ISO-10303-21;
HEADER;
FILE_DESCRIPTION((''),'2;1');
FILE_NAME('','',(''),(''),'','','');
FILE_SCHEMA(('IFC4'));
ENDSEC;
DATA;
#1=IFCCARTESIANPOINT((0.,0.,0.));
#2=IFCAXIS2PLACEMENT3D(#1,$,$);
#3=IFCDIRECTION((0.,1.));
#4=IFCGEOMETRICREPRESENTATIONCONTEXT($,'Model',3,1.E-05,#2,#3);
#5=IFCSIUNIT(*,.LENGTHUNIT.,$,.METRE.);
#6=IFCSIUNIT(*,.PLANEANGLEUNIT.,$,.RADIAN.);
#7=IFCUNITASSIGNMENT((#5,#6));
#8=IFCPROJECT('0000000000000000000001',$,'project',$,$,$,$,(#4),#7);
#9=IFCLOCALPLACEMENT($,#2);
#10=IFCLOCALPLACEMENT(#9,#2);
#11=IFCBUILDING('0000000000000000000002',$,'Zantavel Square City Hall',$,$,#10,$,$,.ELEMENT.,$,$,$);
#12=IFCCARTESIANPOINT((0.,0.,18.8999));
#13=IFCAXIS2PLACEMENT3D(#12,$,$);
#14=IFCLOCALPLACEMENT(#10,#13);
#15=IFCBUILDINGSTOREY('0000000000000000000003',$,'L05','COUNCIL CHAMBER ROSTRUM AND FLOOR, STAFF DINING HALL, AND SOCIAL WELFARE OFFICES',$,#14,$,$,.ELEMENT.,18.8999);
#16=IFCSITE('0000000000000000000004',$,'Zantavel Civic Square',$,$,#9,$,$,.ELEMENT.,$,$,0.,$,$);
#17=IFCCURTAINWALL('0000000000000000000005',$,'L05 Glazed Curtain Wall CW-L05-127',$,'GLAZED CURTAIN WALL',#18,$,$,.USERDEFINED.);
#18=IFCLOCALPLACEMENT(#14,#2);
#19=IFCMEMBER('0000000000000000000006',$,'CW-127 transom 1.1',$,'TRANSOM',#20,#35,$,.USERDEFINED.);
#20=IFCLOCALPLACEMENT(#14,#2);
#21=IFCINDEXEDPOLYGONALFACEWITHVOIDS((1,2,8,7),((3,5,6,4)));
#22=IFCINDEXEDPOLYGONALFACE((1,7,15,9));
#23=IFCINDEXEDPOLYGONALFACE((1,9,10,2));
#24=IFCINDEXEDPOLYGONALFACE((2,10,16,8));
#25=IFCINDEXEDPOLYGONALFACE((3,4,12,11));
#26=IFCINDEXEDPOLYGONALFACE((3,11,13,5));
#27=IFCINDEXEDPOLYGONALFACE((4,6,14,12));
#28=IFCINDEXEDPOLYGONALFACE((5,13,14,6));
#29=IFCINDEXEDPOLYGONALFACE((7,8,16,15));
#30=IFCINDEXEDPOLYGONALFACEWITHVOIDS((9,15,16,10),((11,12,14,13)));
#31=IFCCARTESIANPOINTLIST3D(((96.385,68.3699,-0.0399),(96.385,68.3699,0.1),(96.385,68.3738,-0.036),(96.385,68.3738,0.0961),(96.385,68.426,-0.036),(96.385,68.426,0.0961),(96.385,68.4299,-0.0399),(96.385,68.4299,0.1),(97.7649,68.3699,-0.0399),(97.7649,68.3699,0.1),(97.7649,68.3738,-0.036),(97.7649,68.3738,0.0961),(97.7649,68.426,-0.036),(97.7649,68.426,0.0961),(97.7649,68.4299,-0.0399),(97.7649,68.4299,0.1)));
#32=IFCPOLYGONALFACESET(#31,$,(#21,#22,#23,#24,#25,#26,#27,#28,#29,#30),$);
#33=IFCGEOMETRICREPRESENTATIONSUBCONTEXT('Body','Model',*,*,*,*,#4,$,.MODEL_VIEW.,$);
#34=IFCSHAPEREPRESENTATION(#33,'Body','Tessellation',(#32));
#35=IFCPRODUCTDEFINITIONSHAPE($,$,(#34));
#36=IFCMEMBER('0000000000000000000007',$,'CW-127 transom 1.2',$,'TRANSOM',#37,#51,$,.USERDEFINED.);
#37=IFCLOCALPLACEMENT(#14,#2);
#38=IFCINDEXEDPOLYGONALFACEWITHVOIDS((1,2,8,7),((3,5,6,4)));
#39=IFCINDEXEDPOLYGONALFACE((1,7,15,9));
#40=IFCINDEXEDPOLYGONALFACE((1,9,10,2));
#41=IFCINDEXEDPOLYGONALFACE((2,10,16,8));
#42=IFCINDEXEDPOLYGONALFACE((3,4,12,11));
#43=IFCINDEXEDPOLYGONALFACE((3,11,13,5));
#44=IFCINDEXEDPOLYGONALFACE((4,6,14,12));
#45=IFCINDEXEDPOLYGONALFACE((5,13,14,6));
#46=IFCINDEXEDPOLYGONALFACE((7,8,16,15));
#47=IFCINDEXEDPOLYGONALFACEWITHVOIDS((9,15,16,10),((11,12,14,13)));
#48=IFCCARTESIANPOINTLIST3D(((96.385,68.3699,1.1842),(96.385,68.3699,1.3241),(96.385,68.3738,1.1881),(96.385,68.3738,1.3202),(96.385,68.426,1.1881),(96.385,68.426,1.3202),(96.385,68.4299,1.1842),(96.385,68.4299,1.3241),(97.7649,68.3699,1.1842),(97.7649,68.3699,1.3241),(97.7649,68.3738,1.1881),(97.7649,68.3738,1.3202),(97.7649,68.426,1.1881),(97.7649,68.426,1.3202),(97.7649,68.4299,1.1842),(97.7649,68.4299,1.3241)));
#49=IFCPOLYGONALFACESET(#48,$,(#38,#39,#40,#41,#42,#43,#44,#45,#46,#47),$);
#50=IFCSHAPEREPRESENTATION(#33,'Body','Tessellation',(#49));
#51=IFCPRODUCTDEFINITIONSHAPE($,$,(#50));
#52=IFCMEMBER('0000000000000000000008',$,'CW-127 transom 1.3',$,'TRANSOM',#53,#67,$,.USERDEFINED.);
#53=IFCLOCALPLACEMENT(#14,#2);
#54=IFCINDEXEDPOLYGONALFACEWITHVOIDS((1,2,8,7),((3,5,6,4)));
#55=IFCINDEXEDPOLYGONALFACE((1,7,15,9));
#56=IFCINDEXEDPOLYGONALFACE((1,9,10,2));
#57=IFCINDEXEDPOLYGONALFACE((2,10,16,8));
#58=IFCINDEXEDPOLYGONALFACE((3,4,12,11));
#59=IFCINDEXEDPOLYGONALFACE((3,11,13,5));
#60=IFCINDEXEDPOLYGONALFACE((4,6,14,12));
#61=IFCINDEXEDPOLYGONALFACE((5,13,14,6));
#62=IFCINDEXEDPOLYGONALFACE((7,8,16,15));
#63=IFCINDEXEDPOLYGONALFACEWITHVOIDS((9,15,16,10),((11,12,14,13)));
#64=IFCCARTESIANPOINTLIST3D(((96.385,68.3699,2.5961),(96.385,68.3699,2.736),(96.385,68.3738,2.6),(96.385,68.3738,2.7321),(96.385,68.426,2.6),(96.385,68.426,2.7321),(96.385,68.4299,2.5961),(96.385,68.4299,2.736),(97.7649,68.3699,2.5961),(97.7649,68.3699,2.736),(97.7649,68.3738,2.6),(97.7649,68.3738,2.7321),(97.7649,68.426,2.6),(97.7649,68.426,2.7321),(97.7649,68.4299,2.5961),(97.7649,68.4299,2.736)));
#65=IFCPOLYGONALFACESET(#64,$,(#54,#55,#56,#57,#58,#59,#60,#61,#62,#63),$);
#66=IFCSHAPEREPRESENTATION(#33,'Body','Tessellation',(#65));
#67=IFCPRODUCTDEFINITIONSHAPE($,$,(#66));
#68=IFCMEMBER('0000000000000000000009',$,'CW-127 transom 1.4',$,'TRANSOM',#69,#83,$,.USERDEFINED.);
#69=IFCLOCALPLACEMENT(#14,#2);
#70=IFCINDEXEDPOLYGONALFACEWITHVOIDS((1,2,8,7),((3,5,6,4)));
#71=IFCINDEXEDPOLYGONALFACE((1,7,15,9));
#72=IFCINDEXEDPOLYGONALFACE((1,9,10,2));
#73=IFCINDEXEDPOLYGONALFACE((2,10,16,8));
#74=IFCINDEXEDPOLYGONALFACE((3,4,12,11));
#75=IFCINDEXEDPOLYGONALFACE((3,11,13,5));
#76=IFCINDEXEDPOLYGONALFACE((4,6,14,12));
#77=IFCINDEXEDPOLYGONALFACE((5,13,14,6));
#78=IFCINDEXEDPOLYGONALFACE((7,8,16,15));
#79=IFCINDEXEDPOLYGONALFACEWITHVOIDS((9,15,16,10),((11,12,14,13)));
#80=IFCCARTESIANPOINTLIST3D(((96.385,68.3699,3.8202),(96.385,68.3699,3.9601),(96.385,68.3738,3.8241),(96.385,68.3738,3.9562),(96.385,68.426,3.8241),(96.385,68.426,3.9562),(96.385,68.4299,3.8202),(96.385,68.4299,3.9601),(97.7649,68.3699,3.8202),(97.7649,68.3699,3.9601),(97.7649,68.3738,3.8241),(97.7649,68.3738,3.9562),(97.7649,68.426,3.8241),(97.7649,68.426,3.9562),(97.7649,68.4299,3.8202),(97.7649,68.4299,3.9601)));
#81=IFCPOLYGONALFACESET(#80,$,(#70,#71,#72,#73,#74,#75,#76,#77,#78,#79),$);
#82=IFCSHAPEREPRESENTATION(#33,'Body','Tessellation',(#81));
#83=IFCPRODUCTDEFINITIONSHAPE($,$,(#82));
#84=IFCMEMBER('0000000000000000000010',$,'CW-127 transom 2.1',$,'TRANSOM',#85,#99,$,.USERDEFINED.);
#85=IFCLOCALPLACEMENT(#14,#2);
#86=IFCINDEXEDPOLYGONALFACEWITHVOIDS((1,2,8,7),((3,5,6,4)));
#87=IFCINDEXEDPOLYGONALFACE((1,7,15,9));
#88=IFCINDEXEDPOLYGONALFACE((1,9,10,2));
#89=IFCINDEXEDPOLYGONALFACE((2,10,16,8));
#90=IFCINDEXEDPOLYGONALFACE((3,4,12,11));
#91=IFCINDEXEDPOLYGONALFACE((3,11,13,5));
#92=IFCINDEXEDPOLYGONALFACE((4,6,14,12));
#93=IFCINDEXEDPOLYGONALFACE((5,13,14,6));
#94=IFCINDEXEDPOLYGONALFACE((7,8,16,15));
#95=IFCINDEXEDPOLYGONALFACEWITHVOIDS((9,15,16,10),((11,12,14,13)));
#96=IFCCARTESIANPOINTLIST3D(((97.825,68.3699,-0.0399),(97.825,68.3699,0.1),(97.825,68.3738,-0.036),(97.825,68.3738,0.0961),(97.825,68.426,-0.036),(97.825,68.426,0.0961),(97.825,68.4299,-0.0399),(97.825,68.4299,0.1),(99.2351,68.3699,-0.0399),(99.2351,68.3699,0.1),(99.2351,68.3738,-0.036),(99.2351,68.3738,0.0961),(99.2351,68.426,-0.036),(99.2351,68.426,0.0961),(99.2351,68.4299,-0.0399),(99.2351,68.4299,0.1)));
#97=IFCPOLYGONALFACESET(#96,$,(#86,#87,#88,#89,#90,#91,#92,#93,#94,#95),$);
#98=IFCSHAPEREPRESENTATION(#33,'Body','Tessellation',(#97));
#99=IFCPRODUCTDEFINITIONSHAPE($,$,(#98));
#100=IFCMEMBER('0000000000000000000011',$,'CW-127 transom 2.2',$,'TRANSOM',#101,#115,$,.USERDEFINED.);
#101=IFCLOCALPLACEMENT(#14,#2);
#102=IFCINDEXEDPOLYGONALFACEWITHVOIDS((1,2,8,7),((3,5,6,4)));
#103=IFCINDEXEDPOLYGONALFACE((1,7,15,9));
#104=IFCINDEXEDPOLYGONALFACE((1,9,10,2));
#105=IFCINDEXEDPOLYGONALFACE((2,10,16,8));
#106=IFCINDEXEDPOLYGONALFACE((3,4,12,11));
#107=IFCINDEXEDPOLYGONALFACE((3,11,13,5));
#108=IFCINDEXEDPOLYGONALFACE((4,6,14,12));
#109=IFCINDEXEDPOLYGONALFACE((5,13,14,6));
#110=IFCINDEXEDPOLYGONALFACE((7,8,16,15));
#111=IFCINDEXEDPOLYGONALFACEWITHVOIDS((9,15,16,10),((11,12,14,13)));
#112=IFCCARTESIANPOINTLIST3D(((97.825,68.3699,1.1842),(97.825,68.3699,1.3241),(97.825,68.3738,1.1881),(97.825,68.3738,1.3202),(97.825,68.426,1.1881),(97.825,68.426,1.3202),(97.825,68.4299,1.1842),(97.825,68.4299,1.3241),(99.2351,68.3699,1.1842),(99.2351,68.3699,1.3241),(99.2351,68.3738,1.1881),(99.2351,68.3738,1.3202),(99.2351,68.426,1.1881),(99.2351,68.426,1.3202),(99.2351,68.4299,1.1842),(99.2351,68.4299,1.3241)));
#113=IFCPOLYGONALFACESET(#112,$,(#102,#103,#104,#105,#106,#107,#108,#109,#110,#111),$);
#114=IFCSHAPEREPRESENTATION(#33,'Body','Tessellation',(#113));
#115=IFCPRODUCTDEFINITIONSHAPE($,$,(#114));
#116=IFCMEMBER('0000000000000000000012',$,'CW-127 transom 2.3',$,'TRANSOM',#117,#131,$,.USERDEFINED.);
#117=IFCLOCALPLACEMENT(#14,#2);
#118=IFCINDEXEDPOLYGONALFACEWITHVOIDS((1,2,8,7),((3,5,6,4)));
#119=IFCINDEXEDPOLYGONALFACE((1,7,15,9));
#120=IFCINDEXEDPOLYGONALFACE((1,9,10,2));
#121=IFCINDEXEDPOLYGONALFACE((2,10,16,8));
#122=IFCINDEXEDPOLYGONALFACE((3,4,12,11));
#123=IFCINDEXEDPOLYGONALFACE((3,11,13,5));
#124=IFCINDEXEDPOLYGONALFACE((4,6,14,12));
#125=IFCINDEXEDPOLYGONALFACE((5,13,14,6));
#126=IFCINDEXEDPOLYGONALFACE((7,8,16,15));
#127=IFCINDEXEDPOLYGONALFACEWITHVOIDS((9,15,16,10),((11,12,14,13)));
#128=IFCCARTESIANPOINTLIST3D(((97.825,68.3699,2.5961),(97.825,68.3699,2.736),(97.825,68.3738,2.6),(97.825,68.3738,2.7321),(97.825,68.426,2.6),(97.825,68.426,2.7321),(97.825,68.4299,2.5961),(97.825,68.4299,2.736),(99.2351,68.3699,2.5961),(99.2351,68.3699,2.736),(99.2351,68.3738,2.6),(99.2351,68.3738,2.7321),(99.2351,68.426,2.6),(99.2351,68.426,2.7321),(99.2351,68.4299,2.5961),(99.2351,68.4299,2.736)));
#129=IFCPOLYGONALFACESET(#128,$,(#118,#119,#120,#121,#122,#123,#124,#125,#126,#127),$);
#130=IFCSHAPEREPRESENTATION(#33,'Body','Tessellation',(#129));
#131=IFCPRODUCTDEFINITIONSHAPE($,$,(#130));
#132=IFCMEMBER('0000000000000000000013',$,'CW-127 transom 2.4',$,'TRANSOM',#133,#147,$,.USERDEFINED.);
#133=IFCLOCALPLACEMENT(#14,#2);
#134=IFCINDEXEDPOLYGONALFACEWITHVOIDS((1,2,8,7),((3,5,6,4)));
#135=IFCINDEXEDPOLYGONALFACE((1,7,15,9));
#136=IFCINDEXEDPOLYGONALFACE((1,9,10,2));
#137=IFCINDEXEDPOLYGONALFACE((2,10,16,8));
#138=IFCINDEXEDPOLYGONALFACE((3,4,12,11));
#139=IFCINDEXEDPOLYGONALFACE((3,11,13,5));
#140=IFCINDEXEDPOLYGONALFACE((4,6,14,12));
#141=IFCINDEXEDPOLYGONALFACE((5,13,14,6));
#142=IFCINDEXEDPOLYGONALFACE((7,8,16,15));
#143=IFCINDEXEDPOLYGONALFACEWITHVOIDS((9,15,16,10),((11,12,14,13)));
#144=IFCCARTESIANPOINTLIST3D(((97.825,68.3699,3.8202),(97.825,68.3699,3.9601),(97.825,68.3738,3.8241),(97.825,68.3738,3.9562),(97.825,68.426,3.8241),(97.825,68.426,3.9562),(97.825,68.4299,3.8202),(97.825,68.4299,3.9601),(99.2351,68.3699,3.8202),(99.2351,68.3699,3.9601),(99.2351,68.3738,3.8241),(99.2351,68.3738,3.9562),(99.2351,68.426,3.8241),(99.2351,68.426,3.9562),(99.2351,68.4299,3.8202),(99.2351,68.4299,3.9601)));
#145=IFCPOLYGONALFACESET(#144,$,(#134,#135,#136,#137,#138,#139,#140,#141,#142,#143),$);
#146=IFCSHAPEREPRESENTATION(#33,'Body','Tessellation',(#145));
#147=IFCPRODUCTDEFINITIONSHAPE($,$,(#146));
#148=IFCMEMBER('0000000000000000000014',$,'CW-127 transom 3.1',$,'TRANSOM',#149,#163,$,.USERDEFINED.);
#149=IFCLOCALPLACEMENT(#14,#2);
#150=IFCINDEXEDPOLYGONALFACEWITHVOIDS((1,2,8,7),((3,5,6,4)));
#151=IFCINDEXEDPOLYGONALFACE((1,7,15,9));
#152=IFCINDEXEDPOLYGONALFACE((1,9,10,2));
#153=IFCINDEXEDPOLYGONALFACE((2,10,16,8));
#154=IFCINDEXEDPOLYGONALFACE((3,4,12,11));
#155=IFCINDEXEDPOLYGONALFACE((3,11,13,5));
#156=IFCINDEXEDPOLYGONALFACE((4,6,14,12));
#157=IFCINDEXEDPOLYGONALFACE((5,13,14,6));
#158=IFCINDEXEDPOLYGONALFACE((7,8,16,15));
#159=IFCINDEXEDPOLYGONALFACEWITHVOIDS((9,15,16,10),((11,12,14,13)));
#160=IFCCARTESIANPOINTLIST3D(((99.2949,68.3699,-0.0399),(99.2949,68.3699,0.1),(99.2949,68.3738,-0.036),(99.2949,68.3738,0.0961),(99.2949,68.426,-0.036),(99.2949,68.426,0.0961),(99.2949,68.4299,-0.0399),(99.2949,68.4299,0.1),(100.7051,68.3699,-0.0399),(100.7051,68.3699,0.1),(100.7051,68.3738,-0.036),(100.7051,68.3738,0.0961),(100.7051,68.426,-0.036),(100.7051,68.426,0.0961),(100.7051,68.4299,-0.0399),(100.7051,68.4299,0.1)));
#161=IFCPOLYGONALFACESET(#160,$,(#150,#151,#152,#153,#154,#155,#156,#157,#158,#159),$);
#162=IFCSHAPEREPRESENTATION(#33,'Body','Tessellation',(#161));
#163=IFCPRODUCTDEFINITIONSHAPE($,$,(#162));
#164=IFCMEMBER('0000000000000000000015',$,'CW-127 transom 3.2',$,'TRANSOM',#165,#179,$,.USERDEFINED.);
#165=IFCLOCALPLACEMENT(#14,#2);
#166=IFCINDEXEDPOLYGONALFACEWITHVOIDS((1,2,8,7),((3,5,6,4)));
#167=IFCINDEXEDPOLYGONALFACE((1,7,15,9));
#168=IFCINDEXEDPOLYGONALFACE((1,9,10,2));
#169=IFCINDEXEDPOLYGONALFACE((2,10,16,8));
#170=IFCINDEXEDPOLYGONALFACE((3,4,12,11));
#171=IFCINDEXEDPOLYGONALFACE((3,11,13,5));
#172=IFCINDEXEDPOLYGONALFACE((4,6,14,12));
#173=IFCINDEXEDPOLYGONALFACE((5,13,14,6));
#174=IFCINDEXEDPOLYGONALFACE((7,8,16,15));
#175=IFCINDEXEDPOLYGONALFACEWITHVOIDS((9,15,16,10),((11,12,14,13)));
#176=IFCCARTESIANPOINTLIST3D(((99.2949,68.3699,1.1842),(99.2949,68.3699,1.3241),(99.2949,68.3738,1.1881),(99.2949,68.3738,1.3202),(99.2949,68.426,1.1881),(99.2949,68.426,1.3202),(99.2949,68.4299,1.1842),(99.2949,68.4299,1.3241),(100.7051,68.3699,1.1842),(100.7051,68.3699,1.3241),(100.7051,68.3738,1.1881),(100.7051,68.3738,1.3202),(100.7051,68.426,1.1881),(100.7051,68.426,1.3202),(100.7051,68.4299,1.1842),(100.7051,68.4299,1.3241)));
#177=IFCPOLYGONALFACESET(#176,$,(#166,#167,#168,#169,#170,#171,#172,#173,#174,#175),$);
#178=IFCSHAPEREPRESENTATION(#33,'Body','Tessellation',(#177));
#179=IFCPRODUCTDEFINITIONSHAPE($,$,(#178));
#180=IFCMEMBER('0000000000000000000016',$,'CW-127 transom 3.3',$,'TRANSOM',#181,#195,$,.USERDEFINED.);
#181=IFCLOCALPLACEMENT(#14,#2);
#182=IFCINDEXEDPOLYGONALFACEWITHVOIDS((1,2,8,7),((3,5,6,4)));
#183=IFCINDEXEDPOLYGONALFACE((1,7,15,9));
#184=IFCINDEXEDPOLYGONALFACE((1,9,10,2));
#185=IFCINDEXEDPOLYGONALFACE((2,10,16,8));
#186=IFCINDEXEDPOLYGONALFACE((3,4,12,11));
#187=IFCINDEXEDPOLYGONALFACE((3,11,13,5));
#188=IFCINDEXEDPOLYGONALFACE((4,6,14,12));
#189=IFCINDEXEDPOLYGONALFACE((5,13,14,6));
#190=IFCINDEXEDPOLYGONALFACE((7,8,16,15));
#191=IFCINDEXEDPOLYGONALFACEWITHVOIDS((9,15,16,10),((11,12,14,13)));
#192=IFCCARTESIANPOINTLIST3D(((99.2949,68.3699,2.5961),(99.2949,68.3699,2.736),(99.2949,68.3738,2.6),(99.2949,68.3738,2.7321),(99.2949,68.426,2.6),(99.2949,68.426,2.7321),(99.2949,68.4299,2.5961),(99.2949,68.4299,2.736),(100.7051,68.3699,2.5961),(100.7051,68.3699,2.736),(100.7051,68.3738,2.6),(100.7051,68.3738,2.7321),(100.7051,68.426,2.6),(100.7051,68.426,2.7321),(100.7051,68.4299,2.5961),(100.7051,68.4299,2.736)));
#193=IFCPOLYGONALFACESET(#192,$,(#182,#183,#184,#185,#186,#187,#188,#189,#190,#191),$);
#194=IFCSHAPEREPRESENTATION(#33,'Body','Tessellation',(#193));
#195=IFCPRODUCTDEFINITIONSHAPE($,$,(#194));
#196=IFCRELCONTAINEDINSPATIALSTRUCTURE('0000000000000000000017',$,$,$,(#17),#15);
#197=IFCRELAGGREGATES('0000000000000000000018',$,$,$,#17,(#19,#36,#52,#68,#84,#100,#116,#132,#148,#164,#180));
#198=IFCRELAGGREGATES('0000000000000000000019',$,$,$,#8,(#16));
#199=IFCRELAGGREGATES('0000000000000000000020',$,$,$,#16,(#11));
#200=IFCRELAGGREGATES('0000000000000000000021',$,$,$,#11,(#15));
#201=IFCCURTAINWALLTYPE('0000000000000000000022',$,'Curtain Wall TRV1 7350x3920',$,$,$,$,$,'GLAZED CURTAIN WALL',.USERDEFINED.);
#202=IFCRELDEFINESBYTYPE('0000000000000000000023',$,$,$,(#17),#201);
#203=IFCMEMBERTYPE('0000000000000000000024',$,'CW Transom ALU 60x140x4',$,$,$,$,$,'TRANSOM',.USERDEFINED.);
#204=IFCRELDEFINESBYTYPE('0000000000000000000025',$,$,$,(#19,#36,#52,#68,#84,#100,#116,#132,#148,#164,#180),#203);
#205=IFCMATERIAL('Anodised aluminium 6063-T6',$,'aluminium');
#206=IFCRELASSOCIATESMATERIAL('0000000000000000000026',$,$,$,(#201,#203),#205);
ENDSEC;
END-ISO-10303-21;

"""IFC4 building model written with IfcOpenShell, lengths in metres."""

from ifc_helpers import new_model, si_unit, direction, frame, origin, origin_2d, place, context, subcontext, project, spatial, hollow_rectangle, extrude, material, material_profile, profile_set, type_object, element, aggregate, save


model = new_model("IFC4")

# Units and contexts
model_context = context("Model", 3, precision=1e-05, world=origin(), true_north=direction((0.0, 1.0)))
body_context = subcontext(model_context, "Body", "Model", "MODEL_VIEW")
ifc_project = project(units=[si_unit("LENGTHUNIT", "METRE"), si_unit("PLANEANGLEUNIT", "RADIAN")], contexts=[model_context])

# Site, building, storey
site_placement = place(None, origin())
site = spatial("IfcSite", under=ifc_project, at=site_placement, Name="Zantavel Civic Square", CompositionType="ELEMENT", RefElevation=0.0)
building_placement = place(site_placement, origin())
building = spatial("IfcBuilding", under=site, at=building_placement, Name="Zantavel Square City Hall", CompositionType="ELEMENT")
storey_placement = place(building_placement, frame((0.0, 0.0, 18.8999)))
storey = spatial("IfcBuildingStorey", under=building, at=storey_placement, Name="L05", Description="COUNCIL CHAMBER ROSTRUM AND FLOOR, STAFF DINING HALL, AND SOCIAL WELFARE OFFICES", CompositionType="ELEMENT", Elevation=18.8999)

# Curtain wall
ifc_material_1 = material(Name="Anodised aluminium 6063-T6", Category="aluminium")
curtain_wall_type = type_object("IfcCurtainWallType", Name="Curtain Wall TRV1 7350x3920", ElementType="GLAZED CURTAIN WALL", PredefinedType="USERDEFINED", material=ifc_material_1)
curtain_wall_1_placement = place(storey_placement, origin())
curtain_wall_1 = element("IfcCurtainWall", 1, at=curtain_wall_1_placement, inside=storey, type_object=curtain_wall_type, Name="L05 Glazed Curtain Wall CW-L05-127", ObjectType="GLAZED CURTAIN WALL", PredefinedType="USERDEFINED")

# Members
ifc_material_profile_1 = material_profile(ifc_material_1, hollow_rectangle(XDim=0.0601, YDim=0.1399, WallThickness=0.0039, at=origin_2d()), Name="ALU 60x140x4")
ifc_profile_set_1 = profile_set([ifc_material_profile_1], Name="Anodised aluminium 6063-T6")
member_type_1 = type_object("IfcMemberType", Name="CW Transom ALU 60x140x4", ElementType="TRANSOM", PredefinedType="USERDEFINED", material=ifc_profile_set_1)
member_1_placement = place(storey_placement, frame((96.385, 68.3999, 0.03), z_axis=(1.0, 0.0, 0.0), x_axis=(0.0, 1.0, 0.0)))
member_1 = element("IfcMember", 2, at=member_1_placement, type_object=member_type_1, Name="CW-127 transom 1.1", ObjectType="TRANSOM", PredefinedType="USERDEFINED", context=body_context, shape_type="SweptSolid", body=[
    extrude(hollow_rectangle(XDim=0.0601, YDim=0.1399, WallThickness=0.0039, at=origin_2d()), origin(), (0.0, 0.0, 1.0), 1.3799),
])
member_2_placement = place(storey_placement, frame((96.385, 68.3999, 1.2542), z_axis=(1.0, 0.0, 0.0), x_axis=(0.0, 1.0, 0.0)))
member_2 = element("IfcMember", 3, at=member_2_placement, type_object=member_type_1, Name="CW-127 transom 1.2", ObjectType="TRANSOM", PredefinedType="USERDEFINED", context=body_context, shape_type="SweptSolid", body=[
    extrude(hollow_rectangle(XDim=0.0601, YDim=0.1399, WallThickness=0.0039, at=origin_2d()), origin(), (0.0, 0.0, 1.0), 1.3799),
])
member_3_placement = place(storey_placement, frame((96.385, 68.3999, 2.666), z_axis=(1.0, 0.0, 0.0), x_axis=(0.0, 1.0, 0.0)))
member_3 = element("IfcMember", 4, at=member_3_placement, type_object=member_type_1, Name="CW-127 transom 1.3", ObjectType="TRANSOM", PredefinedType="USERDEFINED", context=body_context, shape_type="SweptSolid", body=[
    extrude(hollow_rectangle(XDim=0.0601, YDim=0.1399, WallThickness=0.0039, at=origin_2d()), origin(), (0.0, 0.0, 1.0), 1.3799),
])
member_4_placement = place(storey_placement, frame((96.385, 68.3999, 3.8901), z_axis=(1.0, 0.0, 0.0), x_axis=(0.0, 1.0, 0.0)))
member_4 = element("IfcMember", 5, at=member_4_placement, type_object=member_type_1, Name="CW-127 transom 1.4", ObjectType="TRANSOM", PredefinedType="USERDEFINED", context=body_context, shape_type="SweptSolid", body=[
    extrude(hollow_rectangle(XDim=0.0601, YDim=0.1399, WallThickness=0.0039, at=origin_2d()), origin(), (0.0, 0.0, 1.0), 1.3799),
])
member_5_placement = place(storey_placement, frame((97.825, 68.3999, 0.03), z_axis=(1.0, 0.0, 0.0), x_axis=(0.0, 1.0, 0.0)))
member_5 = element("IfcMember", 6, at=member_5_placement, type_object=member_type_1, Name="CW-127 transom 2.1", ObjectType="TRANSOM", PredefinedType="USERDEFINED", context=body_context, shape_type="SweptSolid", body=[
    extrude(hollow_rectangle(XDim=0.0601, YDim=0.1399, WallThickness=0.0039, at=origin_2d()), origin(), (0.0, 0.0, 1.0), 1.4102),
])
member_6_placement = place(storey_placement, frame((97.825, 68.3999, 1.2542), z_axis=(1.0, 0.0, 0.0), x_axis=(0.0, 1.0, 0.0)))
member_6 = element("IfcMember", 7, at=member_6_placement, type_object=member_type_1, Name="CW-127 transom 2.2", ObjectType="TRANSOM", PredefinedType="USERDEFINED", context=body_context, shape_type="SweptSolid", body=[
    extrude(hollow_rectangle(XDim=0.0601, YDim=0.1399, WallThickness=0.0039, at=origin_2d()), origin(), (0.0, 0.0, 1.0), 1.4102),
])
member_7_placement = place(storey_placement, frame((97.825, 68.3999, 2.666), z_axis=(1.0, 0.0, 0.0), x_axis=(0.0, 1.0, 0.0)))
member_7 = element("IfcMember", 8, at=member_7_placement, type_object=member_type_1, Name="CW-127 transom 2.3", ObjectType="TRANSOM", PredefinedType="USERDEFINED", context=body_context, shape_type="SweptSolid", body=[
    extrude(hollow_rectangle(XDim=0.0601, YDim=0.1399, WallThickness=0.0039, at=origin_2d()), origin(), (0.0, 0.0, 1.0), 1.4102),
])
member_8_placement = place(storey_placement, frame((97.825, 68.3999, 3.8901), z_axis=(1.0, 0.0, 0.0), x_axis=(0.0, 1.0, 0.0)))
member_8 = element("IfcMember", 9, at=member_8_placement, type_object=member_type_1, Name="CW-127 transom 2.4", ObjectType="TRANSOM", PredefinedType="USERDEFINED", context=body_context, shape_type="SweptSolid", body=[
    extrude(hollow_rectangle(XDim=0.0601, YDim=0.1399, WallThickness=0.0039, at=origin_2d()), origin(), (0.0, 0.0, 1.0), 1.4102),
])
member_9_placement = place(storey_placement, frame((99.2949, 68.3999, 0.03), z_axis=(1.0, 0.0, 0.0), x_axis=(0.0, 1.0, 0.0)))
member_9 = element("IfcMember", 10, at=member_9_placement, type_object=member_type_1, Name="CW-127 transom 3.1", ObjectType="TRANSOM", PredefinedType="USERDEFINED", context=body_context, shape_type="SweptSolid", body=[
    extrude(hollow_rectangle(XDim=0.0601, YDim=0.1399, WallThickness=0.0039, at=origin_2d()), origin(), (0.0, 0.0, 1.0), 1.4102),
])
member_10_placement = place(storey_placement, frame((99.2949, 68.3999, 1.2542), z_axis=(1.0, 0.0, 0.0), x_axis=(0.0, 1.0, 0.0)))
member_10 = element("IfcMember", 11, at=member_10_placement, type_object=member_type_1, Name="CW-127 transom 3.2", ObjectType="TRANSOM", PredefinedType="USERDEFINED", context=body_context, shape_type="SweptSolid", body=[
    extrude(hollow_rectangle(XDim=0.0601, YDim=0.1399, WallThickness=0.0039, at=origin_2d()), origin(), (0.0, 0.0, 1.0), 1.4102),
])
member_11_placement = place(storey_placement, frame((99.2949, 68.3999, 2.666), z_axis=(1.0, 0.0, 0.0), x_axis=(0.0, 1.0, 0.0)))
member_11 = element("IfcMember", 12, at=member_11_placement, type_object=member_type_1, Name="CW-127 transom 3.3", ObjectType="TRANSOM", PredefinedType="USERDEFINED", context=body_context, shape_type="SweptSolid", body=[
    extrude(hollow_rectangle(XDim=0.0601, YDim=0.1399, WallThickness=0.0039, at=origin_2d()), origin(), (0.0, 0.0, 1.0), 1.4102),
])

aggregate(curtain_wall_1, [member_1, member_2, member_3, member_4, member_5, member_6, member_7, member_8, member_9, member_10, member_11])

save(model, "model.ifc")
